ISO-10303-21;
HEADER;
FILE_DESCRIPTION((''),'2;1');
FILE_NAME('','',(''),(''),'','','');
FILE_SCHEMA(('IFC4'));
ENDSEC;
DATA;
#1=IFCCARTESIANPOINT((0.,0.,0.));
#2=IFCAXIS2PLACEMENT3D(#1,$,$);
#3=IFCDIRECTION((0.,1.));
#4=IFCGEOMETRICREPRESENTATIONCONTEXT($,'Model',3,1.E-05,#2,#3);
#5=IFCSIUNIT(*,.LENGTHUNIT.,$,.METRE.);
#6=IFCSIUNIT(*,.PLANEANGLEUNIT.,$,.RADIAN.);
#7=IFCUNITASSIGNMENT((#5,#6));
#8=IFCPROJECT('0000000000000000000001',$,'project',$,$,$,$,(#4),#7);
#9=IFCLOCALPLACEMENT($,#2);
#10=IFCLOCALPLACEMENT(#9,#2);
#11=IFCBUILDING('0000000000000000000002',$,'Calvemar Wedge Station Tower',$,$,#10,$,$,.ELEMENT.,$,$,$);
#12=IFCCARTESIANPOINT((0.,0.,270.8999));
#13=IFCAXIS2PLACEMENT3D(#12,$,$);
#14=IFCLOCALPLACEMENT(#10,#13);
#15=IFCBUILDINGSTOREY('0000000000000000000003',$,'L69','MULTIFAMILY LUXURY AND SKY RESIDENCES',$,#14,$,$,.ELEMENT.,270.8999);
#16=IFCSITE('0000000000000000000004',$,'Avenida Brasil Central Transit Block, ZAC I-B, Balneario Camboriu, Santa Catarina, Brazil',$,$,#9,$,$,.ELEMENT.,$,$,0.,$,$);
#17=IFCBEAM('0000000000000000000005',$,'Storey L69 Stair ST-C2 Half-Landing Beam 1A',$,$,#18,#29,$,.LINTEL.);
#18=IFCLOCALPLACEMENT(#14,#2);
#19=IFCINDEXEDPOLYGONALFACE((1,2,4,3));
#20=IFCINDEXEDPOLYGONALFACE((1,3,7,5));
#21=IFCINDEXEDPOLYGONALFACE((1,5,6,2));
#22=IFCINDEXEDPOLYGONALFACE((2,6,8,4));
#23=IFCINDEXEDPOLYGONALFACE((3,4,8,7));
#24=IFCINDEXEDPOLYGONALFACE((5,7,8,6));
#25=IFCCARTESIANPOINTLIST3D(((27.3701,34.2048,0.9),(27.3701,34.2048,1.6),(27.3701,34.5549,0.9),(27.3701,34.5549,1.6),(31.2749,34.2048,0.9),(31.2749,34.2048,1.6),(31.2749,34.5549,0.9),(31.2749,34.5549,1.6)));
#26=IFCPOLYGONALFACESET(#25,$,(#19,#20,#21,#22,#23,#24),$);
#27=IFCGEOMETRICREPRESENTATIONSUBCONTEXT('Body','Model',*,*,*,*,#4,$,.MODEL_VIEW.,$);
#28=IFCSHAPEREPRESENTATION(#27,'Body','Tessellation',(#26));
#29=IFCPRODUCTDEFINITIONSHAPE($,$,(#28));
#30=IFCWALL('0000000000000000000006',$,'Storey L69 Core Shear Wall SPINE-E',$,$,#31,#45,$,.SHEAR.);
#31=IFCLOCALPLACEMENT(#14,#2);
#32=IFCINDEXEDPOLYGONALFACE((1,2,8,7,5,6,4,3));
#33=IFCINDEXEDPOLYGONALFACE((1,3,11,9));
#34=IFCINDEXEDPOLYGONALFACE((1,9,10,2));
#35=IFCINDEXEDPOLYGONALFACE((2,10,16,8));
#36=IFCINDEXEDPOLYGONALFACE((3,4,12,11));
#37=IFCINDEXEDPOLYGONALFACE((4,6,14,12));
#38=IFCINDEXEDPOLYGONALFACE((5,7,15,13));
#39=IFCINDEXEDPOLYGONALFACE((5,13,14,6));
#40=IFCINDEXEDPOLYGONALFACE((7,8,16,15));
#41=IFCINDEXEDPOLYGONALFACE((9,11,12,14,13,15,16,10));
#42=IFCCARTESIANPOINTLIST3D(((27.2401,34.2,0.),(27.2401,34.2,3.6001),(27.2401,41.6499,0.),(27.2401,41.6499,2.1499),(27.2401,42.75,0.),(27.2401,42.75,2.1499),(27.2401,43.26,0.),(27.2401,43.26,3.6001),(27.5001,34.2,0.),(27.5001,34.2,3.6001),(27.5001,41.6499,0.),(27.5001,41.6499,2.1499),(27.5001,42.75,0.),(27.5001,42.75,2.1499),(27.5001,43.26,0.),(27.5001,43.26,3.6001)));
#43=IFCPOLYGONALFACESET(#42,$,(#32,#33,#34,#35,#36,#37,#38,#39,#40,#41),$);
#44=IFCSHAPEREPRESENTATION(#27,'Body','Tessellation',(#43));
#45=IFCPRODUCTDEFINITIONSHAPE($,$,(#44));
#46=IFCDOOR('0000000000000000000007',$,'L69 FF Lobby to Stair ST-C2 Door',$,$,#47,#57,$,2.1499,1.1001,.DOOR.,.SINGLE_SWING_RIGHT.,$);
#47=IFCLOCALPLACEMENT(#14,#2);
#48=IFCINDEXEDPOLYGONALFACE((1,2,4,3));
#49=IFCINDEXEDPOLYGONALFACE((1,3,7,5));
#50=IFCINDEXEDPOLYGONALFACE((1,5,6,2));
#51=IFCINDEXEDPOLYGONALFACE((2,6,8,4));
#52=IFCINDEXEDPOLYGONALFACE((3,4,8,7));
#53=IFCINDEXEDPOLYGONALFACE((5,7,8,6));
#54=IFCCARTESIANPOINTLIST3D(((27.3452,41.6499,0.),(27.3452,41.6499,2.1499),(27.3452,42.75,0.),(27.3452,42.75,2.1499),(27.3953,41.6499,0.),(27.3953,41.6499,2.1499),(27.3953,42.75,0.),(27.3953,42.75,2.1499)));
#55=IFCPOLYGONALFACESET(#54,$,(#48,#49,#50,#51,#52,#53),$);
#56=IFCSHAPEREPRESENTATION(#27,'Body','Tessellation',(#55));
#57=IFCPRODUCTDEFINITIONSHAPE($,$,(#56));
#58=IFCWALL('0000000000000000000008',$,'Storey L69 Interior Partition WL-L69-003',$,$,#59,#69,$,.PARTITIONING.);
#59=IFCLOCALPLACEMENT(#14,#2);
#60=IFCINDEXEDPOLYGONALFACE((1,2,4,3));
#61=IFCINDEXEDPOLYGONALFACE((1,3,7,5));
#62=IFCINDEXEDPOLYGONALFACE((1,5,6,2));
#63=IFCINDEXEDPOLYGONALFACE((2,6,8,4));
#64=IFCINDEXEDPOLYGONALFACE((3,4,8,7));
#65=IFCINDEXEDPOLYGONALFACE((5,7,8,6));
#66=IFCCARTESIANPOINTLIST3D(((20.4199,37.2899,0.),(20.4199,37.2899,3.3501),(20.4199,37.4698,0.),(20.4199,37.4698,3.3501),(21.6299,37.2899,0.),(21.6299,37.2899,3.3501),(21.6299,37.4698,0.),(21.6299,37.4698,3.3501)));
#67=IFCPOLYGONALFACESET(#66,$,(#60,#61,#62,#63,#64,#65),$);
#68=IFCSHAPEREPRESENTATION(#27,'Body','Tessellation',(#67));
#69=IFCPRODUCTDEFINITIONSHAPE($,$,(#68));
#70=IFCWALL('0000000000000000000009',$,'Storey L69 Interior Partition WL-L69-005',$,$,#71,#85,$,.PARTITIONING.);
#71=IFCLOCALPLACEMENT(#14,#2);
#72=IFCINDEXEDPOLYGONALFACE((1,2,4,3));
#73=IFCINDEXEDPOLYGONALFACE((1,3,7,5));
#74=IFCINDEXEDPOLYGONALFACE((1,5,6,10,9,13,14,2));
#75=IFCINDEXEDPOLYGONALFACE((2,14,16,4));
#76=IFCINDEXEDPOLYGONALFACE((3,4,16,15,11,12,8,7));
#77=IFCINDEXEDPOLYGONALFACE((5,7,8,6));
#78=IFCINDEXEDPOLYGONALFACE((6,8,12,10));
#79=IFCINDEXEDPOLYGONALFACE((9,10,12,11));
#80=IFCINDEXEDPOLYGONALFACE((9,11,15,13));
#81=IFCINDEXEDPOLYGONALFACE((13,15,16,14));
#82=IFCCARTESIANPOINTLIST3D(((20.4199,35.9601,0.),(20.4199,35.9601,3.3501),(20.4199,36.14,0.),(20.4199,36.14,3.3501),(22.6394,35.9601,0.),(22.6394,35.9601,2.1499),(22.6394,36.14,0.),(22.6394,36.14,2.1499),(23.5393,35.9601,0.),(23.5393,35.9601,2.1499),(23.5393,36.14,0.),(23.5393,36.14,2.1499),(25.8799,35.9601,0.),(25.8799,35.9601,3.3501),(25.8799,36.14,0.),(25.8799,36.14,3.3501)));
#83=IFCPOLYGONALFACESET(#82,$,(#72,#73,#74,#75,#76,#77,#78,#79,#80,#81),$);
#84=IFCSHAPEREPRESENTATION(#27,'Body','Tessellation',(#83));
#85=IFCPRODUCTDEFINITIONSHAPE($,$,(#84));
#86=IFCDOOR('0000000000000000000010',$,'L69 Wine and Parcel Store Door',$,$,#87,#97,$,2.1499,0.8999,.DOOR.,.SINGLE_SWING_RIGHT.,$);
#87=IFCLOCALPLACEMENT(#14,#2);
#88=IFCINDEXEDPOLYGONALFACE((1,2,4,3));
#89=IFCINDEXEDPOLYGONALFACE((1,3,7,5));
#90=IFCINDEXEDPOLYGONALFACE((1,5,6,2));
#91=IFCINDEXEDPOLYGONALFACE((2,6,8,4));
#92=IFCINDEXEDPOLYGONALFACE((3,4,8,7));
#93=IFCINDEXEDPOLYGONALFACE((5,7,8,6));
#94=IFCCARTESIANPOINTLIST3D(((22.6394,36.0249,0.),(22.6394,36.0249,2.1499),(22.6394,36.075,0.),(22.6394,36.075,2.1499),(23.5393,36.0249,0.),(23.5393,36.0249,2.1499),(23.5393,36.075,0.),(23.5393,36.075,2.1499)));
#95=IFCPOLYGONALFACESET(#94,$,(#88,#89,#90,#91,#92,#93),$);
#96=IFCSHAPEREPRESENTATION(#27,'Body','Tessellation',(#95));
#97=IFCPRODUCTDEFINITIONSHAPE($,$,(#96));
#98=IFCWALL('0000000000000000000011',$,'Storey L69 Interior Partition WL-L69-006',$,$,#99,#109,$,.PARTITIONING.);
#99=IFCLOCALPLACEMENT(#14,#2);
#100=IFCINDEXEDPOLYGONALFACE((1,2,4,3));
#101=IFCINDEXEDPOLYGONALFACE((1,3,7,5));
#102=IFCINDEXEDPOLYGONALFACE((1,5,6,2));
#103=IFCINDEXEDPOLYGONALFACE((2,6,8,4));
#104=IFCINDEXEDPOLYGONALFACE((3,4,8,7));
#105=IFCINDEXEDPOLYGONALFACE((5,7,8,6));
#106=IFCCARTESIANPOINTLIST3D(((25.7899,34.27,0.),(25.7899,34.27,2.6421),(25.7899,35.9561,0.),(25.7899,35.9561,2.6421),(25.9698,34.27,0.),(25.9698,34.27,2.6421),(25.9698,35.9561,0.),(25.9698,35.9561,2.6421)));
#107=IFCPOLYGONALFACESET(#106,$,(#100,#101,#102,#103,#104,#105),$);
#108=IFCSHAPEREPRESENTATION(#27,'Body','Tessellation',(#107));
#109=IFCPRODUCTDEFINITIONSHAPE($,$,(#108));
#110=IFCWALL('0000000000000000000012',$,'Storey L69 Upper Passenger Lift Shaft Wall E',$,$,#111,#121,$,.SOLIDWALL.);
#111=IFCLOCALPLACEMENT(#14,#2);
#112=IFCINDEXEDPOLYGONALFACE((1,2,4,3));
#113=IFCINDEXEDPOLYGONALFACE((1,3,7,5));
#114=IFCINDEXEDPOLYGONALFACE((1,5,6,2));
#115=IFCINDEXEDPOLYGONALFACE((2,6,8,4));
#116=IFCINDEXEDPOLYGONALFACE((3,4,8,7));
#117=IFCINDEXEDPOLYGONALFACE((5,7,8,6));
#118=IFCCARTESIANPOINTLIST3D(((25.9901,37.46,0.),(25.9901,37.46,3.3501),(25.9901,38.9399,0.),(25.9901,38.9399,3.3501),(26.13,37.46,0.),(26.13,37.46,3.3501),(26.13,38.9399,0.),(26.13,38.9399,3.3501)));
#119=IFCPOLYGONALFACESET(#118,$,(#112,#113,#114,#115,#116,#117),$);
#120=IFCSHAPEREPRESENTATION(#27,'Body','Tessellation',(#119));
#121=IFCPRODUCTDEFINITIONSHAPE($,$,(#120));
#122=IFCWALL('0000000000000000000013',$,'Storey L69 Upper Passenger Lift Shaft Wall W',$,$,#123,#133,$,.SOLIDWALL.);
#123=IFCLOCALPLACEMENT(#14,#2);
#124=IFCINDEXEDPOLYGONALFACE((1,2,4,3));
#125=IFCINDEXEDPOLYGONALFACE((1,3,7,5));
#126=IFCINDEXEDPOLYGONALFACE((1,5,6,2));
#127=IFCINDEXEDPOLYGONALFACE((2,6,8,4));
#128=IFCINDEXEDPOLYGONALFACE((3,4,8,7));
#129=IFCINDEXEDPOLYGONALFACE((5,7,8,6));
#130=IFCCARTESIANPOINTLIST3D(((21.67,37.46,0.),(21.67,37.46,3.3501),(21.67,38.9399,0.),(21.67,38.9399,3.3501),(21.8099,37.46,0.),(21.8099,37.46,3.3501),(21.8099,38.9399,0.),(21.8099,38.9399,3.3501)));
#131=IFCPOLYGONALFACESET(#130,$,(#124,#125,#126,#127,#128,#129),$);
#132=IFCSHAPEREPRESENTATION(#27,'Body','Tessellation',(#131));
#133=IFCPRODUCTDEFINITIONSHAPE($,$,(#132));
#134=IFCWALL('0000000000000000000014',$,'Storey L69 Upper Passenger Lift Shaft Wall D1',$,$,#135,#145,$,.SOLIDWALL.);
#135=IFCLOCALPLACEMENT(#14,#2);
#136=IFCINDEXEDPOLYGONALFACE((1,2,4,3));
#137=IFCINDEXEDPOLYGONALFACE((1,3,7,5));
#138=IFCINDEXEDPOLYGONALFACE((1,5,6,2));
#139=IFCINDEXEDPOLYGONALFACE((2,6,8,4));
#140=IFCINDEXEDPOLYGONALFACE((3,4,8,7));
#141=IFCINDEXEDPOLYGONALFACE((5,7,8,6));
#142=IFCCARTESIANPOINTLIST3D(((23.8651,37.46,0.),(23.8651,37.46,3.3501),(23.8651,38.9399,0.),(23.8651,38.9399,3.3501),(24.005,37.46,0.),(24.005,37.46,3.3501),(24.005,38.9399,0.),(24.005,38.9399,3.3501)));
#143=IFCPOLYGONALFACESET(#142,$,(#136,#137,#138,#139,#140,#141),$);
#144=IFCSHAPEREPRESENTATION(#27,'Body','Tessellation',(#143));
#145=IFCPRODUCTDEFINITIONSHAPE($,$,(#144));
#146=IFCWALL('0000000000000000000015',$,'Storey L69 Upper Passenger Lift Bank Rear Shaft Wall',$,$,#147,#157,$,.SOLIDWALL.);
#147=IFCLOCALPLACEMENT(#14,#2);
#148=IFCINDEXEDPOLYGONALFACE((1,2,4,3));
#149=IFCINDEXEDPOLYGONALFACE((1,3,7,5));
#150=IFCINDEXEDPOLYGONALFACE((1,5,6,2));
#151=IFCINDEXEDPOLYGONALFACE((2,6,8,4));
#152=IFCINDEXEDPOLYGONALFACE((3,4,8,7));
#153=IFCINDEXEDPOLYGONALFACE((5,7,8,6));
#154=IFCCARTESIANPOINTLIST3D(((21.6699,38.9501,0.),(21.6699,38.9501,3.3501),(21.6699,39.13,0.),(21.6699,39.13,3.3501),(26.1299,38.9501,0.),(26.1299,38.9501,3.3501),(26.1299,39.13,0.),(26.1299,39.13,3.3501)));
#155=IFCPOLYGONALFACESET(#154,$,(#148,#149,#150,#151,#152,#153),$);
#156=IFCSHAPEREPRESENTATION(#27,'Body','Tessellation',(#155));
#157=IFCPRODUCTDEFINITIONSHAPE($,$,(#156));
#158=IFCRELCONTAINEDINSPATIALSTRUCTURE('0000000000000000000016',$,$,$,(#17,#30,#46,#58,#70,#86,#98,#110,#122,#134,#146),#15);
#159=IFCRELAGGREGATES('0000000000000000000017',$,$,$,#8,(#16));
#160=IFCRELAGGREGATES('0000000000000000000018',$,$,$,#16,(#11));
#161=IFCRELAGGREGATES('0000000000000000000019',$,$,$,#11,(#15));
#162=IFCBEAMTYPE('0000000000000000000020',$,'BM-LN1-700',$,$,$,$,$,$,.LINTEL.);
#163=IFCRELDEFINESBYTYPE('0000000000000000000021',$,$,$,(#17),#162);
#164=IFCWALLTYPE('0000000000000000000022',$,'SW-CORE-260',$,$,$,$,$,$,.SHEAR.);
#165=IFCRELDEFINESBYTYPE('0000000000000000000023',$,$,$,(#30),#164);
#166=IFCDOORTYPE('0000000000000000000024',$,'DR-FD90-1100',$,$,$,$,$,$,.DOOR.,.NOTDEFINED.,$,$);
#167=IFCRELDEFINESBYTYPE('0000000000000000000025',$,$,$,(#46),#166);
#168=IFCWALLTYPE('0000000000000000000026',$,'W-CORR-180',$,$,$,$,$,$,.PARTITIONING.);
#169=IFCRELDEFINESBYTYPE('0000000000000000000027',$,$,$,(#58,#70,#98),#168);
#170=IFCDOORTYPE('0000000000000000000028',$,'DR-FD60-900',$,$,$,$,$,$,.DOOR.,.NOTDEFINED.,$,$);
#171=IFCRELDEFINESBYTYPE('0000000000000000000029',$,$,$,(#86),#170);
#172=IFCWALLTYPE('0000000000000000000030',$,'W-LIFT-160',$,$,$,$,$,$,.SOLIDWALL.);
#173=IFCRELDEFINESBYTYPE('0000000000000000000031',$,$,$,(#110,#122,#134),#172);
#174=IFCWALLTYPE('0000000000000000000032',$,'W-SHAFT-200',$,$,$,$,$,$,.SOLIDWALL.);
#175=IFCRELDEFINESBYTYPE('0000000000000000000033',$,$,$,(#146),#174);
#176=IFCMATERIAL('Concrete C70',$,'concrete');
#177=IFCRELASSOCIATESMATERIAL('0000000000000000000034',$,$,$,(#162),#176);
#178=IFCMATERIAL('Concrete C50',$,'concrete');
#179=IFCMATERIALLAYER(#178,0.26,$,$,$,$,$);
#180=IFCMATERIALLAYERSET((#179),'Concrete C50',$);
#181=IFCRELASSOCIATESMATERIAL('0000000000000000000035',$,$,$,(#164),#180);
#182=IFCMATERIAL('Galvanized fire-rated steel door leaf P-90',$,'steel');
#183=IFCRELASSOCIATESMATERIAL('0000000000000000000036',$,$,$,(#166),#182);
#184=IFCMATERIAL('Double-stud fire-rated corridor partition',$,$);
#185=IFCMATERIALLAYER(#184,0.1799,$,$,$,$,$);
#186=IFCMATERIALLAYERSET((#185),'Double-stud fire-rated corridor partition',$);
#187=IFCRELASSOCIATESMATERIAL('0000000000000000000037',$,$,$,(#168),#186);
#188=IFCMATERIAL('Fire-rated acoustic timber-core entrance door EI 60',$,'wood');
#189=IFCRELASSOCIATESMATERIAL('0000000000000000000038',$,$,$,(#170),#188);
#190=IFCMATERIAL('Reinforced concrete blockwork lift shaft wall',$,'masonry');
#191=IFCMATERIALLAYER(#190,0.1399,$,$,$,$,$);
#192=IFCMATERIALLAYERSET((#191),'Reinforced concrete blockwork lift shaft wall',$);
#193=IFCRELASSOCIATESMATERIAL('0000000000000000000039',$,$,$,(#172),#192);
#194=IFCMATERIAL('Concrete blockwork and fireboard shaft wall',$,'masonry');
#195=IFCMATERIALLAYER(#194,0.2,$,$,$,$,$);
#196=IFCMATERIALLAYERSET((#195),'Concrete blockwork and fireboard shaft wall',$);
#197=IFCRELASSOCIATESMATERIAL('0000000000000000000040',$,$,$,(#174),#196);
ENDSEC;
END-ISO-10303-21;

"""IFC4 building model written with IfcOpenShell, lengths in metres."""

from ifc_helpers import new_model, si_unit, direction, frame, frame_2d, origin, origin_2d, place, context, subcontext, project, spatial, rectangle, extrude, source, transform, mapped, material, layer, layer_set, material_profile, profile_set, type_object, element, fill, save


model = new_model("IFC4")

# Units and contexts
model_context = context("Model", 3, precision=1e-05, world=origin(), true_north=direction((0.0, 1.0)))
body_context = subcontext(model_context, "Body", "Model", "MODEL_VIEW")
ifc_project = project(units=[si_unit("LENGTHUNIT", "METRE"), si_unit("PLANEANGLEUNIT", "RADIAN")], contexts=[model_context])

# Site, building, storey
site_placement = place(None, origin())
site = spatial("IfcSite", under=ifc_project, at=site_placement, Name="Avenida Brasil Central Transit Block, ZAC I-B, Balneario Camboriu, Santa Catarina, Brazil", CompositionType="ELEMENT", RefElevation=0.0)
building_placement = place(site_placement, origin())
building = spatial("IfcBuilding", under=site, at=building_placement, Name="Calvemar Wedge Station Tower", CompositionType="ELEMENT")
storey_placement = place(building_placement, frame((0.0, 0.0, 270.8999)))
storey = spatial("IfcBuildingStorey", under=building, at=storey_placement, Name="L69", Description="MULTIFAMILY LUXURY AND SKY RESIDENCES", CompositionType="ELEMENT", Elevation=270.8999)

# Beam
ifc_material_1 = material(Name="Concrete C70", Category="concrete")
ifc_material_profile = material_profile(ifc_material_1, rectangle(XDim=0.3501, YDim=0.7, at=origin_2d()), Name="RC350x700")
ifc_profile_set = profile_set([ifc_material_profile], Name="Concrete C70")
beam_type = type_object("IfcBeamType", Name="BM-LN1-700", PredefinedType="LINTEL", material=ifc_profile_set)
shared_shape_1 = source(origin(), body_context, "Body", "SweptSolid", [
    extrude(rectangle(XDim=0.3501, YDim=0.7, at=origin_2d()), origin(), (0.0, 0.0, 1.0), 3.9048),
])
beam_placement = place(storey_placement, frame((27.3701, 34.3799, 1.25), z_axis=(1.0, 0.0, 0.0), x_axis=(0.0, 1.0, 0.0)))
element("IfcBeam", 1, at=beam_placement, inside=storey, type_object=beam_type, Name="Storey L69 Stair ST-C2 Half-Landing Beam 1A", PredefinedType="LINTEL", context=body_context, shape_type="MappedRepresentation", body=[
    mapped(shared_shape_1, transform((0.0, 0.0, 0.0), scale=1.0)),
])

# Wall, opening, door
ifc_material_2 = material(Name="Concrete C50", Category="concrete")
ifc_layer_1 = layer(ifc_material_2, 0.26)
ifc_layer_set_1 = layer_set([ifc_layer_1], Name="Concrete C50")
wall_type_1 = type_object("IfcWallType", Name="SW-CORE-260", PredefinedType="SHEAR", material=ifc_layer_set_1)
wall_1_placement = place(storey_placement, frame((27.3701, 34.2, 0.0), z_axis=(0.0, 0.0, 1.0), x_axis=(0.0, 1.0, 0.0)))
wall_1 = element("IfcWall", 2, at=wall_1_placement, inside=storey, type_object=wall_type_1, Name="Storey L69 Core Shear Wall SPINE-E", PredefinedType="SHEAR", context=body_context, shape_type="SweptSolid", body=[
    extrude(rectangle(XDim=9.0601, YDim=0.26, at=frame_2d((4.53, 0.0))), origin(), (0.0, 0.0, 1.0), 3.6001),
])
shared_shape_2 = source(origin(), body_context, "Body", "SweptSolid", [
    extrude(rectangle(XDim=1.1001, YDim=2.1499, at=frame_2d((0.55, 1.075))), frame((0.0, 0.1401, 0.0), z_axis=(0.0, -1.0, 0.0), x_axis=(1.0, 0.0, 0.0)), (0.0, 0.0, 1.0), 0.28),
])
opening_1_placement = place(wall_1_placement, frame((7.45, 0.0, 0.0)))
opening_1 = element("IfcOpeningElement", 3, at=opening_1_placement, cuts=wall_1, PredefinedType="OPENING", context=body_context, shape_type="MappedRepresentation", body=[
    mapped(shared_shape_2, transform((0.0, 0.0, 0.0), scale=1.0)),
])
ifc_material_3 = material(Name="Galvanized fire-rated steel door leaf P-90", Category="steel")
door_type_1 = type_object("IfcDoorType", Name="DR-FD90-1100", OperationType="NOTDEFINED", PredefinedType="DOOR", material=ifc_material_3)
shared_shape_3 = source(origin(), body_context, "Body", "SweptSolid", [
    extrude(rectangle(XDim=1.1001, YDim=2.1499, at=frame_2d((0.55, 1.075))), frame((0.0, 0.0249, 0.0), z_axis=(0.0, -1.0, 0.0), x_axis=(1.0, 0.0, 0.0)), (0.0, 0.0, 1.0), 0.05),
])
door_1_placement = place(opening_1_placement, origin())
door_1 = element("IfcDoor", 4, at=door_1_placement, inside=storey, type_object=door_type_1, Name="L69 FF Lobby to Stair ST-C2 Door", OperationType="SINGLE_SWING_RIGHT", OverallHeight=2.1499, OverallWidth=1.1001, PredefinedType="DOOR", context=body_context, shape_type="MappedRepresentation", body=[
    mapped(shared_shape_3, transform((0.0, 0.0, 0.0), scale=1.0)),
])
fill(opening_1, door_1)

# Wall
ifc_material_4 = material(Name="Double-stud fire-rated corridor partition")
ifc_layer_2 = layer(ifc_material_4, 0.1799)
ifc_layer_set_2 = layer_set([ifc_layer_2], Name="Double-stud fire-rated corridor partition")
wall_type_2 = type_object("IfcWallType", Name="W-CORR-180", PredefinedType="PARTITIONING", material=ifc_layer_set_2)
wall_2_placement = place(storey_placement, frame((21.6299, 37.3799, 0.0), z_axis=(0.0, 0.0, 1.0), x_axis=(-1.0, 0.0, 0.0)))
element("IfcWall", 5, at=wall_2_placement, inside=storey, type_object=wall_type_2, Name="Storey L69 Interior Partition WL-L69-003", PredefinedType="PARTITIONING", context=body_context, shape_type="SweptSolid", body=[
    extrude(rectangle(XDim=1.21, YDim=0.1799, at=frame_2d((0.605, 0.0))), origin(), (0.0, 0.0, 1.0), 3.3501),
])

# Wall, opening, door
shared_shape_4 = source(origin(), body_context, "Body", "SweptSolid", [
    extrude(rectangle(XDim=0.8999, YDim=2.1499, at=frame_2d((0.45, 1.075))), frame((0.0, 0.1001, 0.0), z_axis=(0.0, -1.0, 0.0), x_axis=(1.0, 0.0, 0.0)), (0.0, 0.0, 1.0), 0.2),
])
ifc_material_5 = material(Name="Fire-rated acoustic timber-core entrance door EI 60", Category="wood")
door_type_2 = type_object("IfcDoorType", Name="DR-FD60-900", OperationType="NOTDEFINED", PredefinedType="DOOR", material=ifc_material_5)
shared_shape_5 = source(origin(), body_context, "Body", "SweptSolid", [
    extrude(rectangle(XDim=0.8999, YDim=2.1499, at=frame_2d((0.45, 1.075))), frame((0.0, 0.0249, 0.0), z_axis=(0.0, -1.0, 0.0), x_axis=(1.0, 0.0, 0.0)), (0.0, 0.0, 1.0), 0.05),
])
wall_3_placement = place(storey_placement, frame((20.4199, 36.05, 0.0), z_axis=(0.0, 0.0, 1.0), x_axis=(1.0, 0.0, 0.0)))
wall_3 = element("IfcWall", 6, at=wall_3_placement, inside=storey, type_object=wall_type_2, Name="Storey L69 Interior Partition WL-L69-005", PredefinedType="PARTITIONING", context=body_context, shape_type="SweptSolid", body=[
    extrude(rectangle(XDim=5.46, YDim=0.1799, at=frame_2d((2.73, 0.0))), origin(), (0.0, 0.0, 1.0), 3.3501),
])
opening_2_placement = place(wall_3_placement, frame((2.2195, 0.0, 0.0)))
opening_2 = element("IfcOpeningElement", 7, at=opening_2_placement, cuts=wall_3, PredefinedType="OPENING", context=body_context, shape_type="MappedRepresentation", body=[
    mapped(shared_shape_4, transform((0.0, 0.0, 0.0), scale=1.0)),
])
door_2_placement = place(opening_2_placement, origin())
door_2 = element("IfcDoor", 8, at=door_2_placement, inside=storey, type_object=door_type_2, Name="L69 Wine and Parcel Store Door", OperationType="SINGLE_SWING_RIGHT", OverallHeight=2.1499, OverallWidth=0.8999, PredefinedType="DOOR", context=body_context, shape_type="MappedRepresentation", body=[
    mapped(shared_shape_5, transform((0.0, 0.0, 0.0), scale=1.0)),
])
fill(opening_2, door_2)

# Wall
wall_4_placement = place(storey_placement, frame((25.8799, 35.9561, 0.0), z_axis=(0.0, 0.0, 1.0), x_axis=(0.0, -1.0, 0.0)))
element("IfcWall", 9, at=wall_4_placement, inside=storey, type_object=wall_type_2, Name="Storey L69 Interior Partition WL-L69-006", PredefinedType="PARTITIONING", context=body_context, shape_type="SweptSolid", body=[
    extrude(rectangle(XDim=1.686, YDim=0.1799, at=frame_2d((0.843, 0.0))), origin(), (0.0, 0.0, 1.0), 2.6421),
])

# Shared definitions
ifc_material_6 = material(Name="Reinforced concrete blockwork lift shaft wall", Category="masonry")
ifc_layer_3 = layer(ifc_material_6, 0.1399)
ifc_layer_set_3 = layer_set([ifc_layer_3], Name="Reinforced concrete blockwork lift shaft wall")
wall_type_3 = type_object("IfcWallType", Name="W-LIFT-160", PredefinedType="SOLIDWALL", material=ifc_layer_set_3)

# Walls
for number, where, z_axis, x_axis, name in (
    (10, (26.0601, 37.46, 0.0), (0.0, 0.0, 1.0), (0.0, 1.0, 0.0), "Storey L69 Upper Passenger Lift Shaft Wall E"),
    (11, (21.74, 37.46, 0.0), (0.0, 0.0, 1.0), (0.0, 1.0, 0.0), "Storey L69 Upper Passenger Lift Shaft Wall W"),
    (12, (23.9351, 37.46, 0.0), (0.0, 0.0, 1.0), (0.0, 1.0, 0.0), "Storey L69 Upper Passenger Lift Shaft Wall D1"),
):
    element("IfcWall", number, at=place(storey_placement, frame(where, z_axis=z_axis, x_axis=x_axis)), inside=storey, type_object=wall_type_3, Name=name, PredefinedType="SOLIDWALL", context=body_context, shape_type="SweptSolid", body=[
        extrude(rectangle(XDim=1.48, YDim=0.1399, at=frame_2d((0.74, 0.0))), origin(), (0.0, 0.0, 1.0), 3.3501),
    ])
ifc_material_7 = material(Name="Concrete blockwork and fireboard shaft wall", Category="masonry")
ifc_layer_4 = layer(ifc_material_7, 0.2)
ifc_layer_set_4 = layer_set([ifc_layer_4], Name="Concrete blockwork and fireboard shaft wall")
wall_type_4 = type_object("IfcWallType", Name="W-SHAFT-200", PredefinedType="SOLIDWALL", material=ifc_layer_set_4)
wall_5_placement = place(storey_placement, frame((21.6699, 39.04, 0.0), z_axis=(0.0, 0.0, 1.0), x_axis=(1.0, 0.0, 0.0)))
element("IfcWall", 13, at=wall_5_placement, inside=storey, type_object=wall_type_4, Name="Storey L69 Upper Passenger Lift Bank Rear Shaft Wall", PredefinedType="SOLIDWALL", context=body_context, shape_type="SweptSolid", body=[
    extrude(rectangle(XDim=4.46, YDim=0.1799, at=frame_2d((2.23, 0.0))), origin(), (0.0, 0.0, 1.0), 3.3501),
])

save(model, "model.ifc")
